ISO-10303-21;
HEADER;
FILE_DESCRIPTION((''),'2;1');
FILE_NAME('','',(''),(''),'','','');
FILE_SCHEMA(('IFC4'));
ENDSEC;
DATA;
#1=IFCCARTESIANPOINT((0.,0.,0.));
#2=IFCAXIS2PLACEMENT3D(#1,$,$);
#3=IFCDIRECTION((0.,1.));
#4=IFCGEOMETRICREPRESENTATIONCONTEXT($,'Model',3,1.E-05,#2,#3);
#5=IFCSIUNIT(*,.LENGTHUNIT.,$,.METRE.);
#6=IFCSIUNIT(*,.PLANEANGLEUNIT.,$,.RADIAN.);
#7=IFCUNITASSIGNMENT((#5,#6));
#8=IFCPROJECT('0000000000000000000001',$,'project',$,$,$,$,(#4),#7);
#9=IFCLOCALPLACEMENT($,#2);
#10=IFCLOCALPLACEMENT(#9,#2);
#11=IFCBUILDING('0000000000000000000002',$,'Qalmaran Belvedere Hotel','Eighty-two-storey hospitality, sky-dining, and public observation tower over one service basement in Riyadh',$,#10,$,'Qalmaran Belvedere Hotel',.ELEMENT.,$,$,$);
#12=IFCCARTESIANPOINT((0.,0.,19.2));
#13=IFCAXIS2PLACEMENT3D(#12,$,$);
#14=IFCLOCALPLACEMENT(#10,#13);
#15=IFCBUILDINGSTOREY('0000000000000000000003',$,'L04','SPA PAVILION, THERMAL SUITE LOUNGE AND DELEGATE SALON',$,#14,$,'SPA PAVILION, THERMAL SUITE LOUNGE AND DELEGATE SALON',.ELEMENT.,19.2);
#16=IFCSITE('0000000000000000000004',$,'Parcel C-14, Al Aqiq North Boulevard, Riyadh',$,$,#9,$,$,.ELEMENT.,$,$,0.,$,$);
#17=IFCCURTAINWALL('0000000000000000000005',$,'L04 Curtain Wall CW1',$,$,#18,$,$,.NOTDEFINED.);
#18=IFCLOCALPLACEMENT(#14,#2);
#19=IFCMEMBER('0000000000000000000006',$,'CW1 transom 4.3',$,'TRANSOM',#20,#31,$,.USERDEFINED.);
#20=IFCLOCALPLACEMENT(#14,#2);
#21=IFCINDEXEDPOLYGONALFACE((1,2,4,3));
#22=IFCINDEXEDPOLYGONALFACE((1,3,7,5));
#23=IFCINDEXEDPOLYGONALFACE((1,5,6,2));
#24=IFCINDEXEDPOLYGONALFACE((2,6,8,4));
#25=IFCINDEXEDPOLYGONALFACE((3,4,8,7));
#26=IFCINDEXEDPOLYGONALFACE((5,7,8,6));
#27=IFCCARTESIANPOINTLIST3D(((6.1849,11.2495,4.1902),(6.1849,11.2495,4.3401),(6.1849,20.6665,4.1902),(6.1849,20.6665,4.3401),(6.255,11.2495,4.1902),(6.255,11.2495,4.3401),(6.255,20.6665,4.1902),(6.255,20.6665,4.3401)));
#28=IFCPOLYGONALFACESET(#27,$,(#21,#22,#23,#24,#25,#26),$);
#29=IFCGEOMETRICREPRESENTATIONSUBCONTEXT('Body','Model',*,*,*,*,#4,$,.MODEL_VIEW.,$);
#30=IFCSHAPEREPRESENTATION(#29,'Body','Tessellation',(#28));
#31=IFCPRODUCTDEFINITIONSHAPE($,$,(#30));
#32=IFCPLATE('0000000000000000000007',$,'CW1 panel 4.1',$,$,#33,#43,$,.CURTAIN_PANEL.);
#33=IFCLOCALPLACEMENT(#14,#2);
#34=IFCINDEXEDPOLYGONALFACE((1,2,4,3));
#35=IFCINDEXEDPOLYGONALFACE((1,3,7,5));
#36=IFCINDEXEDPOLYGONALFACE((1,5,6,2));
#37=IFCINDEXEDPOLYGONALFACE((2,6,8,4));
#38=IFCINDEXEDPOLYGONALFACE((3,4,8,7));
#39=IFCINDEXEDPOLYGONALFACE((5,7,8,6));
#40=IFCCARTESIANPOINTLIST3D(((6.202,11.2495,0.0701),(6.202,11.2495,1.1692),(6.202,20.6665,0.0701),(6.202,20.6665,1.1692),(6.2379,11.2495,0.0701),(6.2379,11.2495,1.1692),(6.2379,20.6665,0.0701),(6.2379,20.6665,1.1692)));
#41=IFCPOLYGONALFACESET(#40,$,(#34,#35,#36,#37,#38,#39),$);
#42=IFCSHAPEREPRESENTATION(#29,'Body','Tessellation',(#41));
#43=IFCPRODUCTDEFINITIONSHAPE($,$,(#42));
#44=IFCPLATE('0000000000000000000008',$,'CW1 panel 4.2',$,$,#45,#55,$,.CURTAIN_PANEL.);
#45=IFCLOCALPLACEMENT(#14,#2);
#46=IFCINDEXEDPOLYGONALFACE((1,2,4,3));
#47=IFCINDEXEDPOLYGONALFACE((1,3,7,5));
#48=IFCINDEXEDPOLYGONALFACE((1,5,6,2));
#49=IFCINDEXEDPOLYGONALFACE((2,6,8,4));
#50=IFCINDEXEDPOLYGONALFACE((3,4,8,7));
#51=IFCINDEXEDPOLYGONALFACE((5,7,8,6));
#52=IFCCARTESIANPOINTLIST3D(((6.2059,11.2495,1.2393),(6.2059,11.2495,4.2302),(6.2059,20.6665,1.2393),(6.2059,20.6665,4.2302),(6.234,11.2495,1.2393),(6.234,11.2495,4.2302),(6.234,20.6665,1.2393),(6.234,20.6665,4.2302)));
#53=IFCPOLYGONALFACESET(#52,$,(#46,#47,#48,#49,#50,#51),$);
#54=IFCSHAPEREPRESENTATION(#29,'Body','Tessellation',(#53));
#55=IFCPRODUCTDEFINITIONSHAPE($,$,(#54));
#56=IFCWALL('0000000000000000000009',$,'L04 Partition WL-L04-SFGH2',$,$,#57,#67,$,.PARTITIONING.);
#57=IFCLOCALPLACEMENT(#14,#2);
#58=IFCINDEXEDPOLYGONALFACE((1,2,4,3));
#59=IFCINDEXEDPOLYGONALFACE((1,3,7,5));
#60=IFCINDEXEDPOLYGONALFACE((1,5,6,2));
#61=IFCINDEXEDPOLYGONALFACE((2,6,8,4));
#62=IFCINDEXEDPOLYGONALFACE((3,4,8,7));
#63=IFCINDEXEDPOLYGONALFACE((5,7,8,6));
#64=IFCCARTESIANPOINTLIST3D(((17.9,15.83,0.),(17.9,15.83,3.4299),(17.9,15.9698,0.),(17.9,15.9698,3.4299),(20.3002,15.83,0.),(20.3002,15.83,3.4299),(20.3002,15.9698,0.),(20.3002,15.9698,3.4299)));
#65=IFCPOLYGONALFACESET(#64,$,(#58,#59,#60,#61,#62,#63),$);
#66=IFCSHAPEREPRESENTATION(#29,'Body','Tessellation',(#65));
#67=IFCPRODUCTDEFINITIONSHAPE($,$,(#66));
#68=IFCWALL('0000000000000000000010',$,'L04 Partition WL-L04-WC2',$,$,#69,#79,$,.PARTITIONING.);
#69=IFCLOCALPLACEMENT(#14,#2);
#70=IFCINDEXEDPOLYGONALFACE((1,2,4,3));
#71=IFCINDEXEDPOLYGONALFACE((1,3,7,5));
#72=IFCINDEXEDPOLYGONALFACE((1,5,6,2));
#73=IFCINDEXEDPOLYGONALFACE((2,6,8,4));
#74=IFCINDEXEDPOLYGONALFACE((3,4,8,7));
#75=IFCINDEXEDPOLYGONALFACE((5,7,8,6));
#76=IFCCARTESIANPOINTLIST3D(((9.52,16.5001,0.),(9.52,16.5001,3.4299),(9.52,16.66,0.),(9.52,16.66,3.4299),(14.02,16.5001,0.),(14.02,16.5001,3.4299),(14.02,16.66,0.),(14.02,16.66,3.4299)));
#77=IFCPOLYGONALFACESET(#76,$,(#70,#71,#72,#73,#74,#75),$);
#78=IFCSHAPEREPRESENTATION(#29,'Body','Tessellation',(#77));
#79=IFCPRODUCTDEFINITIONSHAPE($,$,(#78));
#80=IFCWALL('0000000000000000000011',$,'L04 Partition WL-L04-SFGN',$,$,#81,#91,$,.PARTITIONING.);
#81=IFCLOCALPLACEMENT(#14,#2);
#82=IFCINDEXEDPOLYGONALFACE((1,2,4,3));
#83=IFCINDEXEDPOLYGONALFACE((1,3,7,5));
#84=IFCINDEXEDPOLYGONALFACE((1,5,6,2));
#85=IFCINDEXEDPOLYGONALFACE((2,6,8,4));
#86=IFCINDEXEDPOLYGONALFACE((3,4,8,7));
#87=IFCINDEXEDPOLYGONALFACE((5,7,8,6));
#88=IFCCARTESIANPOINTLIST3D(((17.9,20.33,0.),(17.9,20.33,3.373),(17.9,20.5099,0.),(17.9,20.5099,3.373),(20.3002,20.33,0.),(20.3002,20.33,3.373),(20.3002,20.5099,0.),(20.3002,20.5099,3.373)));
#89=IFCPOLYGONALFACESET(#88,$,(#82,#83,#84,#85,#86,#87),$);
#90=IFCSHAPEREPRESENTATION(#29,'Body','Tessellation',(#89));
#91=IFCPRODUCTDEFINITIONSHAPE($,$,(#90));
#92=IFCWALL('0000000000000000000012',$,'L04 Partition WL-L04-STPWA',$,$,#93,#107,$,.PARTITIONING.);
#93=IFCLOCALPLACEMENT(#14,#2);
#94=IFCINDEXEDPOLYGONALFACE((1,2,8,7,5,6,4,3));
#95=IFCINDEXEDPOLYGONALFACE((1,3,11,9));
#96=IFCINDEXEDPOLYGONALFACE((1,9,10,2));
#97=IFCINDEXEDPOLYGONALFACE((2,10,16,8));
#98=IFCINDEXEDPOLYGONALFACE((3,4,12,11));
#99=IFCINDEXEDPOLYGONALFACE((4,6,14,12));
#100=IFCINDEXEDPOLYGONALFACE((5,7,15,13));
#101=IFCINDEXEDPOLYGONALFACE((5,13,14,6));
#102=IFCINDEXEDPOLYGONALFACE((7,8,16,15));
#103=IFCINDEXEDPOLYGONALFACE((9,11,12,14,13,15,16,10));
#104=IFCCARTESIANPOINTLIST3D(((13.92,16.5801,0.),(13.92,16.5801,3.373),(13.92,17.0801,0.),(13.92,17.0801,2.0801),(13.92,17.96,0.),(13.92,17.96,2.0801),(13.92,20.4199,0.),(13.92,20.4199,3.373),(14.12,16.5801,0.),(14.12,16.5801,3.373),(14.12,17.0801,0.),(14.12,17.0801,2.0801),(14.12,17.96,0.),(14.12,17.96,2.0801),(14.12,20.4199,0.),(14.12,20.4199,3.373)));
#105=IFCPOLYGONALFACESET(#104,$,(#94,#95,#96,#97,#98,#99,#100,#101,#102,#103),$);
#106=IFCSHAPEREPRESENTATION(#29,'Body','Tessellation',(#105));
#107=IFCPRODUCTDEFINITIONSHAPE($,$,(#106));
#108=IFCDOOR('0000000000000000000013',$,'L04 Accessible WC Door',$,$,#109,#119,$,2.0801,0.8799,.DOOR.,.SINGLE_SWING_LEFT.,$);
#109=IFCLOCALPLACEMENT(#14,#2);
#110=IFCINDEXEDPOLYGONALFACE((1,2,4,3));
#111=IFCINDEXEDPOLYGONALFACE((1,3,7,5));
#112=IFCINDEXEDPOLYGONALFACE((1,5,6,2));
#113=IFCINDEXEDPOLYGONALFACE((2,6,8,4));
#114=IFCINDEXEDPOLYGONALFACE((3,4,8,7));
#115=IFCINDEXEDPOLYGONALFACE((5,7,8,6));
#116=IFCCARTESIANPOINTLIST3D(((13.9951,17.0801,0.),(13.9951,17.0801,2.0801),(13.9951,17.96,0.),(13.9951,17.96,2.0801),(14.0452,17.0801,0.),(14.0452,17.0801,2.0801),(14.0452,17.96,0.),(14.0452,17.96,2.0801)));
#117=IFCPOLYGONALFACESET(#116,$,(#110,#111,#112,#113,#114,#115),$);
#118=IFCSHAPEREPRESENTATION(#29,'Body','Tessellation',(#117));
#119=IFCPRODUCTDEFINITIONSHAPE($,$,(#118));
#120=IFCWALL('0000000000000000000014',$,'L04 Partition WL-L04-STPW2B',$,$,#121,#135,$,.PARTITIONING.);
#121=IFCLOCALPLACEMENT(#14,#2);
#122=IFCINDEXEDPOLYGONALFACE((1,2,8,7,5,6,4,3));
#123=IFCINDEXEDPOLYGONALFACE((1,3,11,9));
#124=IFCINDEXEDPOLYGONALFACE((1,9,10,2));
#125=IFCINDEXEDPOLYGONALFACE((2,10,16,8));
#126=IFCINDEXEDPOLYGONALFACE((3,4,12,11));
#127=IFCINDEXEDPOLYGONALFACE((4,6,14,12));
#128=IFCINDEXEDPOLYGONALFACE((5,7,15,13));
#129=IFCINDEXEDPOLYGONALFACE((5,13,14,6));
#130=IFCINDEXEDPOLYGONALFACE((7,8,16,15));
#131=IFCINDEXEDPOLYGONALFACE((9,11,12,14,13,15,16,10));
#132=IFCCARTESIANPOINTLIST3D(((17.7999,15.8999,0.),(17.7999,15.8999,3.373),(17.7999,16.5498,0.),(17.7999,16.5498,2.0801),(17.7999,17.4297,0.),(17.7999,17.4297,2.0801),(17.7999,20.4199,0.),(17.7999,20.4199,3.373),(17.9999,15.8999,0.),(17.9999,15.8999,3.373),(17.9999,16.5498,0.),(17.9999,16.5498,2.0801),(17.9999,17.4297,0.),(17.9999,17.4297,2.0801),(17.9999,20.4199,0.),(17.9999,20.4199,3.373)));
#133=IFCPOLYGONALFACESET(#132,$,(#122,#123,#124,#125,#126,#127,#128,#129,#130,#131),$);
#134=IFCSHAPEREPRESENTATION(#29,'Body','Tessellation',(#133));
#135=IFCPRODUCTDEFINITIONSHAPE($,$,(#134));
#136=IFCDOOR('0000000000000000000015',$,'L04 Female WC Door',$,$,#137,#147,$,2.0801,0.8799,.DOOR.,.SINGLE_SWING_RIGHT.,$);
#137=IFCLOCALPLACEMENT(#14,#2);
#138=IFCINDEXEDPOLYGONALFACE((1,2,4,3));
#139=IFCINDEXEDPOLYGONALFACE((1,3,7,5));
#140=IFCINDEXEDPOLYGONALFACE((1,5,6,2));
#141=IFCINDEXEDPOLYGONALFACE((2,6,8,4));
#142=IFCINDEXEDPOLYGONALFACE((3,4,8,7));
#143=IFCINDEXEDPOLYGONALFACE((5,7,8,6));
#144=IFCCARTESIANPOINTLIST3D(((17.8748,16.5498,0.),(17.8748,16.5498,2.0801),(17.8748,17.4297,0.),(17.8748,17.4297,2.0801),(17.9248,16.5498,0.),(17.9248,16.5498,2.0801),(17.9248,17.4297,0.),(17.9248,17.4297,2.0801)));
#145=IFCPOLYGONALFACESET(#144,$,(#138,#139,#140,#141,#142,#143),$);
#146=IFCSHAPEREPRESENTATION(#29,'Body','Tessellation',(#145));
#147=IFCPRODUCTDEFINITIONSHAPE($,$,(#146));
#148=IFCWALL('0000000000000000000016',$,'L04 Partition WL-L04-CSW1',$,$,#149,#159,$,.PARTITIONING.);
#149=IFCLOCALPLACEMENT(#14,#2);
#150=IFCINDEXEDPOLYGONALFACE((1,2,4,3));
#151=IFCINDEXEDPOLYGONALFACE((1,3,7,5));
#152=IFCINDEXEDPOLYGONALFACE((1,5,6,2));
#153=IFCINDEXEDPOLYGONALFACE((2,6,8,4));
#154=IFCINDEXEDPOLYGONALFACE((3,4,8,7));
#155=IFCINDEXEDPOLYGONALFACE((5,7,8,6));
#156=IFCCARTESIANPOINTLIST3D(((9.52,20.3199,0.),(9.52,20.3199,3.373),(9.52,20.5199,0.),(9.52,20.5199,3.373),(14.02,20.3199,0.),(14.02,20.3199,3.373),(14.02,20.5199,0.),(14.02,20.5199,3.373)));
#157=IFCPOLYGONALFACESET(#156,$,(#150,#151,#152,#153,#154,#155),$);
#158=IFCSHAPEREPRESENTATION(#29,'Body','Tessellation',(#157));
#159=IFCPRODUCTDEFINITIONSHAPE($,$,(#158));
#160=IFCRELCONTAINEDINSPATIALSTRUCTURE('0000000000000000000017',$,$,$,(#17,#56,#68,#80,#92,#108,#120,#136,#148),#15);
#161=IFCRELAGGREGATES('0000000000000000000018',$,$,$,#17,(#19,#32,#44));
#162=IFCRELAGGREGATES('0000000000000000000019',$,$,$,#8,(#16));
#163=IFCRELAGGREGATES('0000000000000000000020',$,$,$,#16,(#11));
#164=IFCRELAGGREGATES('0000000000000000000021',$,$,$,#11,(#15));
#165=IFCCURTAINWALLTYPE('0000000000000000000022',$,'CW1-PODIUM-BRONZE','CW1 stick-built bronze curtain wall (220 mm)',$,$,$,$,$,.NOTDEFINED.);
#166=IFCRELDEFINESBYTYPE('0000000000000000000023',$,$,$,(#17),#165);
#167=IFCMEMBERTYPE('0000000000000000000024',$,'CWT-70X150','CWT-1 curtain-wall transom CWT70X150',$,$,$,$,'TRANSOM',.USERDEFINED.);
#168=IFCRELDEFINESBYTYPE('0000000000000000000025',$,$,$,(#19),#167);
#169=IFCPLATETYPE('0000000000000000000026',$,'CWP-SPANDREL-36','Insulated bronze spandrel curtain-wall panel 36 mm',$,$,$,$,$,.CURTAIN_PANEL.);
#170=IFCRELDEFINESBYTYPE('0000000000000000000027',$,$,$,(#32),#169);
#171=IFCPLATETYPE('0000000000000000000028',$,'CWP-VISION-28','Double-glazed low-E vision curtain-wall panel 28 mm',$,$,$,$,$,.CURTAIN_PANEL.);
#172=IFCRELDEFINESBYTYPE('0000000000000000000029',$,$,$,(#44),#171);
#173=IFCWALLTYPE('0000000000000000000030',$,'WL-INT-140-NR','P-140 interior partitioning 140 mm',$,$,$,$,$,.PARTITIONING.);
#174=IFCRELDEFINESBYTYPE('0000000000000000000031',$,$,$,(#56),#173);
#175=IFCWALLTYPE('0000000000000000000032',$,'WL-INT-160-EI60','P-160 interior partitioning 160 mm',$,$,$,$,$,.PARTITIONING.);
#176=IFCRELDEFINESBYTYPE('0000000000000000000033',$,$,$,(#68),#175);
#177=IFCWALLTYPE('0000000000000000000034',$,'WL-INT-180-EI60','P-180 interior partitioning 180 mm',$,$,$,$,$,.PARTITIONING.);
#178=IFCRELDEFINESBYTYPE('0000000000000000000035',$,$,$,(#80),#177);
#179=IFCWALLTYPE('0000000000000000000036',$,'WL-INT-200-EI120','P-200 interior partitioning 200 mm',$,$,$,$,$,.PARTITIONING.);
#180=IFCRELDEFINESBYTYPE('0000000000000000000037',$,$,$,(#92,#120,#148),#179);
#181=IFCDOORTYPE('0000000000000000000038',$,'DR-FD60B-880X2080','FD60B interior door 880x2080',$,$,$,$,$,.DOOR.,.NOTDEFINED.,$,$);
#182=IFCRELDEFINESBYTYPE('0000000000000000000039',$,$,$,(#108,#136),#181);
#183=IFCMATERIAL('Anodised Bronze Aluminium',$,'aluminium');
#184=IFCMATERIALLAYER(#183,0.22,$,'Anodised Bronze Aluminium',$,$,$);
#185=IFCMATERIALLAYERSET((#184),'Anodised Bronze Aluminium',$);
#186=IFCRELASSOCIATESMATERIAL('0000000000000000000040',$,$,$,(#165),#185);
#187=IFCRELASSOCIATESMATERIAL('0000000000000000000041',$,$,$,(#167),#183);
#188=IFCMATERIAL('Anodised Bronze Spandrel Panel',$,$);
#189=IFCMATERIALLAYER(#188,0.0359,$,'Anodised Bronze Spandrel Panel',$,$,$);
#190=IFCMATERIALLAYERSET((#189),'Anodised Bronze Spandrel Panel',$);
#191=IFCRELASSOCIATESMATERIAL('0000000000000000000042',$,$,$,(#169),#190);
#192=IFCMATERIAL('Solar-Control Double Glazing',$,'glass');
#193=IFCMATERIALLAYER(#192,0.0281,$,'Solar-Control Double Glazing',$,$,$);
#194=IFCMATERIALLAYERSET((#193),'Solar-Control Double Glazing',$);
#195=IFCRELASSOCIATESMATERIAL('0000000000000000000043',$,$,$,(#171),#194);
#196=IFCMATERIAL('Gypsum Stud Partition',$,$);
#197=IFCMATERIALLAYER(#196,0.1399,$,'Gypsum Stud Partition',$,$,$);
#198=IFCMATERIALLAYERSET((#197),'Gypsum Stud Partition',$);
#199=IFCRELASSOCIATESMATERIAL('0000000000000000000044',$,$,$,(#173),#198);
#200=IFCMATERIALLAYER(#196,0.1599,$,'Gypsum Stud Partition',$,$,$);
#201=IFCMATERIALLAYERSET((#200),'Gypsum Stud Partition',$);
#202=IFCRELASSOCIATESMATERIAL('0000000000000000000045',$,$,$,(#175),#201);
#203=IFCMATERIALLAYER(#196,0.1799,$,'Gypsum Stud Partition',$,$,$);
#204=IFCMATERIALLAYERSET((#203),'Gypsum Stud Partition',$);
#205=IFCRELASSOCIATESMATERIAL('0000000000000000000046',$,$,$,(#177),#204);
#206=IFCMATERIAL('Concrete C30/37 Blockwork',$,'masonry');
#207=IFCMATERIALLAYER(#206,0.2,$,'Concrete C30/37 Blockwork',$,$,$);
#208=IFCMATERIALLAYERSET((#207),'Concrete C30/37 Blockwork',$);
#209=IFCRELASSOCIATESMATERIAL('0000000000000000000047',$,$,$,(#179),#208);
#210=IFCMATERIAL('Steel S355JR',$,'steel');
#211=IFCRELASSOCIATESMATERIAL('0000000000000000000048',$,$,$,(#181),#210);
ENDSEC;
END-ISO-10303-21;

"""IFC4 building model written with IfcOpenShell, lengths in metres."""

from ifc_helpers import new_model, si_unit, direction, frame, frame_2d, origin, origin_2d, place, context, subcontext, project, spatial, rectangle, extrude, material, layer, layer_set, material_profile, profile_set, type_object, element, fill, aggregate, save


model = new_model("IFC4")

# Units and contexts
model_context = context("Model", 3, precision=1e-05, world=origin(), true_north=direction((0.0, 1.0)))
body_context = subcontext(model_context, "Body", "Model", "MODEL_VIEW")
ifc_project = project(units=[si_unit("LENGTHUNIT", "METRE"), si_unit("PLANEANGLEUNIT", "RADIAN")], contexts=[model_context])

# Site, building, storey
site_placement = place(None, origin())
site = spatial("IfcSite", under=ifc_project, at=site_placement, Name="Parcel C-14, Al Aqiq North Boulevard, Riyadh", CompositionType="ELEMENT", RefElevation=0.0)
building_placement = place(site_placement, origin())
building = spatial("IfcBuilding", under=site, at=building_placement, Name="Qalmaran Belvedere Hotel", Description="Eighty-two-storey hospitality, sky-dining, and public observation tower over one service basement in Riyadh", LongName="Qalmaran Belvedere Hotel", CompositionType="ELEMENT")
storey_placement = place(building_placement, frame((0.0, 0.0, 19.2)))
storey = spatial("IfcBuildingStorey", under=building, at=storey_placement, Name="L04", Description="SPA PAVILION, THERMAL SUITE LOUNGE AND DELEGATE SALON", LongName="SPA PAVILION, THERMAL SUITE LOUNGE AND DELEGATE SALON", CompositionType="ELEMENT", Elevation=19.2)

# Shared definitions
ifc_material_1 = material(Name="Steel S355JR", Category="steel")

# Curtain wall, member, plates
ifc_material_2 = material(Name="Anodised Bronze Aluminium", Category="aluminium")
ifc_layer_1 = layer(ifc_material_2, 0.22, Name="Anodised Bronze Aluminium")
ifc_layer_set_1 = layer_set([ifc_layer_1], Name="Anodised Bronze Aluminium")
curtain_wall_type = type_object("IfcCurtainWallType", Name="CW1-PODIUM-BRONZE", Description="CW1 stick-built bronze curtain wall (220 mm)", PredefinedType="NOTDEFINED", material=ifc_layer_set_1)
curtain_wall_placement = place(storey_placement, origin())
curtain_wall = element("IfcCurtainWall", 1, at=curtain_wall_placement, inside=storey, type_object=curtain_wall_type, Name="L04 Curtain Wall CW1", PredefinedType="NOTDEFINED")
ifc_material_profile_1 = material_profile(ifc_material_2, rectangle(XDim=0.0701, YDim=0.1499, at=origin_2d()), Name="CWT70X150")
ifc_profile_set_1 = profile_set([ifc_material_profile_1], Name="Anodised Bronze Aluminium")
member_type_1 = type_object("IfcMemberType", Name="CWT-70X150", Description="CWT-1 curtain-wall transom CWT70X150", ElementType="TRANSOM", PredefinedType="USERDEFINED", material=ifc_profile_set_1)
member_1_placement = place(storey_placement, frame((6.22, 20.6665, 4.2651), z_axis=(0.0, -1.0, 0.0), x_axis=(1.0, 0.0, 0.0)))
member_1 = element("IfcMember", 2, at=member_1_placement, type_object=member_type_1, Name="CW1 transom 4.3", ObjectType="TRANSOM", PredefinedType="USERDEFINED", context=body_context, shape_type="SweptSolid", body=[
    extrude(rectangle(XDim=0.0701, YDim=0.1499, at=origin_2d()), origin(), (0.0, 0.0, 1.0), 9.417),
])
ifc_material_3 = material(Name="Anodised Bronze Spandrel Panel")
ifc_layer_2 = layer(ifc_material_3, 0.0359, Name="Anodised Bronze Spandrel Panel")
ifc_layer_set_2 = layer_set([ifc_layer_2], Name="Anodised Bronze Spandrel Panel")
plate_type_1 = type_object("IfcPlateType", Name="CWP-SPANDREL-36", Description="Insulated bronze spandrel curtain-wall panel 36 mm", PredefinedType="CURTAIN_PANEL", material=ifc_layer_set_2)
plate_1_placement = place(storey_placement, frame((6.22, 15.958, 0.0701), z_axis=(0.0, 0.0, 1.0), x_axis=(0.0, -1.0, 0.0)))
plate_1 = element("IfcPlate", 3, at=plate_1_placement, type_object=plate_type_1, Name="CW1 panel 4.1", PredefinedType="CURTAIN_PANEL", context=body_context, shape_type="SweptSolid", body=[
    extrude(rectangle(XDim=9.417, YDim=0.0359, at=origin_2d()), origin(), (0.0, 0.0, 1.0), 1.0991),
])
ifc_material_4 = material(Name="Solar-Control Double Glazing", Category="glass")
ifc_layer_3 = layer(ifc_material_4, 0.0281, Name="Solar-Control Double Glazing")
ifc_layer_set_3 = layer_set([ifc_layer_3], Name="Solar-Control Double Glazing")
plate_type_2 = type_object("IfcPlateType", Name="CWP-VISION-28", Description="Double-glazed low-E vision curtain-wall panel 28 mm", PredefinedType="CURTAIN_PANEL", material=ifc_layer_set_3)
plate_2_placement = place(storey_placement, frame((6.22, 15.958, 1.2393), z_axis=(0.0, 0.0, 1.0), x_axis=(0.0, -1.0, 0.0)))
plate_2 = element("IfcPlate", 4, at=plate_2_placement, type_object=plate_type_2, Name="CW1 panel 4.2", PredefinedType="CURTAIN_PANEL", context=body_context, shape_type="SweptSolid", body=[
    extrude(rectangle(XDim=9.417, YDim=0.0281, at=origin_2d()), origin(), (0.0, 0.0, 1.0), 2.991),
])
aggregate(curtain_wall, [member_1, plate_1, plate_2])

# Walls
ifc_material_5 = material(Name="Gypsum Stud Partition")
ifc_layer_4 = layer(ifc_material_5, 0.1399, Name="Gypsum Stud Partition")
ifc_layer_set_4 = layer_set([ifc_layer_4], Name="Gypsum Stud Partition")
wall_type_1 = type_object("IfcWallType", Name="WL-INT-140-NR", Description="P-140 interior partitioning 140 mm", PredefinedType="PARTITIONING", material=ifc_layer_set_4)
wall_1_placement = place(storey_placement, frame((17.8999, 15.8999, 0.0), z_axis=(0.0, 0.0, 1.0), x_axis=(1.0, 0.0, 0.0)))
element("IfcWall", 5, at=wall_1_placement, inside=storey, type_object=wall_type_1, Name="L04 Partition WL-L04-SFGH2", PredefinedType="PARTITIONING", context=body_context, shape_type="SweptSolid", body=[
    extrude(rectangle(XDim=2.4001, YDim=0.1399, at=frame_2d((1.2002, 0.0))), origin(), (0.0, 0.0, 1.0), 3.4299),
])
ifc_layer_5 = layer(ifc_material_5, 0.1599, Name="Gypsum Stud Partition")
ifc_layer_set_5 = layer_set([ifc_layer_5], Name="Gypsum Stud Partition")
wall_type_2 = type_object("IfcWallType", Name="WL-INT-160-EI60", Description="P-160 interior partitioning 160 mm", PredefinedType="PARTITIONING", material=ifc_layer_set_5)
wall_2_placement = place(storey_placement, frame((9.52, 16.5801, 0.0), z_axis=(0.0, 0.0, 1.0), x_axis=(1.0, 0.0, 0.0)))
element("IfcWall", 6, at=wall_2_placement, inside=storey, type_object=wall_type_2, Name="L04 Partition WL-L04-WC2", PredefinedType="PARTITIONING", context=body_context, shape_type="SweptSolid", body=[
    extrude(rectangle(XDim=4.5, YDim=0.1599, at=frame_2d((2.25, 0.0))), origin(), (0.0, 0.0, 1.0), 3.4299),
])
ifc_layer_6 = layer(ifc_material_5, 0.1799, Name="Gypsum Stud Partition")
ifc_layer_set_6 = layer_set([ifc_layer_6], Name="Gypsum Stud Partition")
wall_type_3 = type_object("IfcWallType", Name="WL-INT-180-EI60", Description="P-180 interior partitioning 180 mm", PredefinedType="PARTITIONING", material=ifc_layer_set_6)
wall_3_placement = place(storey_placement, frame((17.8999, 20.4199, 0.0), z_axis=(0.0, 0.0, 1.0), x_axis=(1.0, 0.0, 0.0)))
element("IfcWall", 7, at=wall_3_placement, inside=storey, type_object=wall_type_3, Name="L04 Partition WL-L04-SFGN", PredefinedType="PARTITIONING", context=body_context, shape_type="SweptSolid", body=[
    extrude(rectangle(XDim=2.4001, YDim=0.1799, at=frame_2d((1.2002, 0.0))), origin(), (0.0, 0.0, 1.0), 3.373),
])

# Walls, openings, doors
ifc_material_6 = material(Name="Concrete C30/37 Blockwork", Category="masonry")
ifc_layer_7 = layer(ifc_material_6, 0.2, Name="Concrete C30/37 Blockwork")
ifc_layer_set_7 = layer_set([ifc_layer_7], Name="Concrete C30/37 Blockwork")
wall_type_4 = type_object("IfcWallType", Name="WL-INT-200-EI120", Description="P-200 interior partitioning 200 mm", PredefinedType="PARTITIONING", material=ifc_layer_set_7)
wall_4_placement = place(storey_placement, frame((14.02, 16.5801, 0.0), z_axis=(0.0, 0.0, 1.0), x_axis=(0.0, 1.0, 0.0)))
wall_4 = element("IfcWall", 8, at=wall_4_placement, inside=storey, type_object=wall_type_4, Name="L04 Partition WL-L04-STPWA", PredefinedType="PARTITIONING", context=body_context, shape_type="SweptSolid", body=[
    extrude(rectangle(XDim=3.8398, YDim=0.2, at=frame_2d((1.9199, 0.0))), origin(), (0.0, 0.0, 1.0), 3.373),
])
opening_1_placement = place(wall_4_placement, frame((0.5, 0.0, 0.0)))
opening_1 = element("IfcOpeningElement", 9, at=opening_1_placement, cuts=wall_4, PredefinedType="OPENING", context=body_context, shape_type="SweptSolid", body=[
    extrude(rectangle(XDim=0.8799, YDim=2.0801, at=frame_2d((0.4399, 1.04))), frame((0.0, 0.1099, 0.0), z_axis=(0.0, -1.0, 0.0), x_axis=(1.0, 0.0, 0.0)), (0.0, 0.0, 1.0), 0.22),
])
door_type_1 = type_object("IfcDoorType", Name="DR-FD60B-880X2080", Description="FD60B interior door 880x2080", OperationType="NOTDEFINED", PredefinedType="DOOR", material=ifc_material_1)
door_1_placement = place(opening_1_placement, origin())
door_1 = element("IfcDoor", 10, at=door_1_placement, inside=storey, type_object=door_type_1, Name="L04 Accessible WC Door", OperationType="SINGLE_SWING_LEFT", OverallHeight=2.0801, OverallWidth=0.8799, PredefinedType="DOOR", context=body_context, shape_type="SweptSolid", body=[
    extrude(rectangle(XDim=0.8799, YDim=2.0801, at=frame_2d((0.4399, 1.04))), frame((0.0, 0.0249, 0.0), z_axis=(0.0, -1.0, 0.0), x_axis=(1.0, 0.0, 0.0)), (0.0, 0.0, 1.0), 0.05),
])
fill(opening_1, door_1)
wall_5_placement = place(storey_placement, frame((17.8999, 15.8999, 0.0), z_axis=(0.0, 0.0, 1.0), x_axis=(0.0, 1.0, 0.0)))
wall_5 = element("IfcWall", 11, at=wall_5_placement, inside=storey, type_object=wall_type_4, Name="L04 Partition WL-L04-STPW2B", PredefinedType="PARTITIONING", context=body_context, shape_type="SweptSolid", body=[
    extrude(rectangle(XDim=4.52, YDim=0.2, at=frame_2d((2.26, 0.0))), origin(), (0.0, 0.0, 1.0), 3.373),
])
opening_2_placement = place(wall_5_placement, frame((1.5298, 0.0, 0.0), z_axis=(0.0, 0.0, 1.0), x_axis=(-1.0, 0.0, 0.0)))
opening_2 = element("IfcOpeningElement", 12, at=opening_2_placement, cuts=wall_5, PredefinedType="OPENING", context=body_context, shape_type="SweptSolid", body=[
    extrude(rectangle(XDim=0.8799, YDim=2.0801, at=frame_2d((0.4399, 1.04))), frame((0.0, 0.1099, 0.0), z_axis=(0.0, -1.0, 0.0), x_axis=(1.0, 0.0, 0.0)), (0.0, 0.0, 1.0), 0.22),
])
door_2_placement = place(opening_2_placement, origin())
door_2 = element("IfcDoor", 13, at=door_2_placement, inside=storey, type_object=door_type_1, Name="L04 Female WC Door", OperationType="SINGLE_SWING_RIGHT", OverallHeight=2.0801, OverallWidth=0.8799, PredefinedType="DOOR", context=body_context, shape_type="SweptSolid", body=[
    extrude(rectangle(XDim=0.8799, YDim=2.0801, at=frame_2d((0.4399, 1.04))), frame((0.0, 0.0249, 0.0), z_axis=(0.0, -1.0, 0.0), x_axis=(1.0, 0.0, 0.0)), (0.0, 0.0, 1.0), 0.05),
])
fill(opening_2, door_2)

# Wall
wall_6_placement = place(storey_placement, frame((9.52, 20.4199, 0.0), z_axis=(0.0, 0.0, 1.0), x_axis=(1.0, 0.0, 0.0)))
element("IfcWall", 14, at=wall_6_placement, inside=storey, type_object=wall_type_4, Name="L04 Partition WL-L04-CSW1", PredefinedType="PARTITIONING", context=body_context, shape_type="SweptSolid", body=[
    extrude(rectangle(XDim=4.5, YDim=0.2, at=frame_2d((2.25, 0.0))), origin(), (0.0, 0.0, 1.0), 3.373),
])

save(model, "model.ifc")
